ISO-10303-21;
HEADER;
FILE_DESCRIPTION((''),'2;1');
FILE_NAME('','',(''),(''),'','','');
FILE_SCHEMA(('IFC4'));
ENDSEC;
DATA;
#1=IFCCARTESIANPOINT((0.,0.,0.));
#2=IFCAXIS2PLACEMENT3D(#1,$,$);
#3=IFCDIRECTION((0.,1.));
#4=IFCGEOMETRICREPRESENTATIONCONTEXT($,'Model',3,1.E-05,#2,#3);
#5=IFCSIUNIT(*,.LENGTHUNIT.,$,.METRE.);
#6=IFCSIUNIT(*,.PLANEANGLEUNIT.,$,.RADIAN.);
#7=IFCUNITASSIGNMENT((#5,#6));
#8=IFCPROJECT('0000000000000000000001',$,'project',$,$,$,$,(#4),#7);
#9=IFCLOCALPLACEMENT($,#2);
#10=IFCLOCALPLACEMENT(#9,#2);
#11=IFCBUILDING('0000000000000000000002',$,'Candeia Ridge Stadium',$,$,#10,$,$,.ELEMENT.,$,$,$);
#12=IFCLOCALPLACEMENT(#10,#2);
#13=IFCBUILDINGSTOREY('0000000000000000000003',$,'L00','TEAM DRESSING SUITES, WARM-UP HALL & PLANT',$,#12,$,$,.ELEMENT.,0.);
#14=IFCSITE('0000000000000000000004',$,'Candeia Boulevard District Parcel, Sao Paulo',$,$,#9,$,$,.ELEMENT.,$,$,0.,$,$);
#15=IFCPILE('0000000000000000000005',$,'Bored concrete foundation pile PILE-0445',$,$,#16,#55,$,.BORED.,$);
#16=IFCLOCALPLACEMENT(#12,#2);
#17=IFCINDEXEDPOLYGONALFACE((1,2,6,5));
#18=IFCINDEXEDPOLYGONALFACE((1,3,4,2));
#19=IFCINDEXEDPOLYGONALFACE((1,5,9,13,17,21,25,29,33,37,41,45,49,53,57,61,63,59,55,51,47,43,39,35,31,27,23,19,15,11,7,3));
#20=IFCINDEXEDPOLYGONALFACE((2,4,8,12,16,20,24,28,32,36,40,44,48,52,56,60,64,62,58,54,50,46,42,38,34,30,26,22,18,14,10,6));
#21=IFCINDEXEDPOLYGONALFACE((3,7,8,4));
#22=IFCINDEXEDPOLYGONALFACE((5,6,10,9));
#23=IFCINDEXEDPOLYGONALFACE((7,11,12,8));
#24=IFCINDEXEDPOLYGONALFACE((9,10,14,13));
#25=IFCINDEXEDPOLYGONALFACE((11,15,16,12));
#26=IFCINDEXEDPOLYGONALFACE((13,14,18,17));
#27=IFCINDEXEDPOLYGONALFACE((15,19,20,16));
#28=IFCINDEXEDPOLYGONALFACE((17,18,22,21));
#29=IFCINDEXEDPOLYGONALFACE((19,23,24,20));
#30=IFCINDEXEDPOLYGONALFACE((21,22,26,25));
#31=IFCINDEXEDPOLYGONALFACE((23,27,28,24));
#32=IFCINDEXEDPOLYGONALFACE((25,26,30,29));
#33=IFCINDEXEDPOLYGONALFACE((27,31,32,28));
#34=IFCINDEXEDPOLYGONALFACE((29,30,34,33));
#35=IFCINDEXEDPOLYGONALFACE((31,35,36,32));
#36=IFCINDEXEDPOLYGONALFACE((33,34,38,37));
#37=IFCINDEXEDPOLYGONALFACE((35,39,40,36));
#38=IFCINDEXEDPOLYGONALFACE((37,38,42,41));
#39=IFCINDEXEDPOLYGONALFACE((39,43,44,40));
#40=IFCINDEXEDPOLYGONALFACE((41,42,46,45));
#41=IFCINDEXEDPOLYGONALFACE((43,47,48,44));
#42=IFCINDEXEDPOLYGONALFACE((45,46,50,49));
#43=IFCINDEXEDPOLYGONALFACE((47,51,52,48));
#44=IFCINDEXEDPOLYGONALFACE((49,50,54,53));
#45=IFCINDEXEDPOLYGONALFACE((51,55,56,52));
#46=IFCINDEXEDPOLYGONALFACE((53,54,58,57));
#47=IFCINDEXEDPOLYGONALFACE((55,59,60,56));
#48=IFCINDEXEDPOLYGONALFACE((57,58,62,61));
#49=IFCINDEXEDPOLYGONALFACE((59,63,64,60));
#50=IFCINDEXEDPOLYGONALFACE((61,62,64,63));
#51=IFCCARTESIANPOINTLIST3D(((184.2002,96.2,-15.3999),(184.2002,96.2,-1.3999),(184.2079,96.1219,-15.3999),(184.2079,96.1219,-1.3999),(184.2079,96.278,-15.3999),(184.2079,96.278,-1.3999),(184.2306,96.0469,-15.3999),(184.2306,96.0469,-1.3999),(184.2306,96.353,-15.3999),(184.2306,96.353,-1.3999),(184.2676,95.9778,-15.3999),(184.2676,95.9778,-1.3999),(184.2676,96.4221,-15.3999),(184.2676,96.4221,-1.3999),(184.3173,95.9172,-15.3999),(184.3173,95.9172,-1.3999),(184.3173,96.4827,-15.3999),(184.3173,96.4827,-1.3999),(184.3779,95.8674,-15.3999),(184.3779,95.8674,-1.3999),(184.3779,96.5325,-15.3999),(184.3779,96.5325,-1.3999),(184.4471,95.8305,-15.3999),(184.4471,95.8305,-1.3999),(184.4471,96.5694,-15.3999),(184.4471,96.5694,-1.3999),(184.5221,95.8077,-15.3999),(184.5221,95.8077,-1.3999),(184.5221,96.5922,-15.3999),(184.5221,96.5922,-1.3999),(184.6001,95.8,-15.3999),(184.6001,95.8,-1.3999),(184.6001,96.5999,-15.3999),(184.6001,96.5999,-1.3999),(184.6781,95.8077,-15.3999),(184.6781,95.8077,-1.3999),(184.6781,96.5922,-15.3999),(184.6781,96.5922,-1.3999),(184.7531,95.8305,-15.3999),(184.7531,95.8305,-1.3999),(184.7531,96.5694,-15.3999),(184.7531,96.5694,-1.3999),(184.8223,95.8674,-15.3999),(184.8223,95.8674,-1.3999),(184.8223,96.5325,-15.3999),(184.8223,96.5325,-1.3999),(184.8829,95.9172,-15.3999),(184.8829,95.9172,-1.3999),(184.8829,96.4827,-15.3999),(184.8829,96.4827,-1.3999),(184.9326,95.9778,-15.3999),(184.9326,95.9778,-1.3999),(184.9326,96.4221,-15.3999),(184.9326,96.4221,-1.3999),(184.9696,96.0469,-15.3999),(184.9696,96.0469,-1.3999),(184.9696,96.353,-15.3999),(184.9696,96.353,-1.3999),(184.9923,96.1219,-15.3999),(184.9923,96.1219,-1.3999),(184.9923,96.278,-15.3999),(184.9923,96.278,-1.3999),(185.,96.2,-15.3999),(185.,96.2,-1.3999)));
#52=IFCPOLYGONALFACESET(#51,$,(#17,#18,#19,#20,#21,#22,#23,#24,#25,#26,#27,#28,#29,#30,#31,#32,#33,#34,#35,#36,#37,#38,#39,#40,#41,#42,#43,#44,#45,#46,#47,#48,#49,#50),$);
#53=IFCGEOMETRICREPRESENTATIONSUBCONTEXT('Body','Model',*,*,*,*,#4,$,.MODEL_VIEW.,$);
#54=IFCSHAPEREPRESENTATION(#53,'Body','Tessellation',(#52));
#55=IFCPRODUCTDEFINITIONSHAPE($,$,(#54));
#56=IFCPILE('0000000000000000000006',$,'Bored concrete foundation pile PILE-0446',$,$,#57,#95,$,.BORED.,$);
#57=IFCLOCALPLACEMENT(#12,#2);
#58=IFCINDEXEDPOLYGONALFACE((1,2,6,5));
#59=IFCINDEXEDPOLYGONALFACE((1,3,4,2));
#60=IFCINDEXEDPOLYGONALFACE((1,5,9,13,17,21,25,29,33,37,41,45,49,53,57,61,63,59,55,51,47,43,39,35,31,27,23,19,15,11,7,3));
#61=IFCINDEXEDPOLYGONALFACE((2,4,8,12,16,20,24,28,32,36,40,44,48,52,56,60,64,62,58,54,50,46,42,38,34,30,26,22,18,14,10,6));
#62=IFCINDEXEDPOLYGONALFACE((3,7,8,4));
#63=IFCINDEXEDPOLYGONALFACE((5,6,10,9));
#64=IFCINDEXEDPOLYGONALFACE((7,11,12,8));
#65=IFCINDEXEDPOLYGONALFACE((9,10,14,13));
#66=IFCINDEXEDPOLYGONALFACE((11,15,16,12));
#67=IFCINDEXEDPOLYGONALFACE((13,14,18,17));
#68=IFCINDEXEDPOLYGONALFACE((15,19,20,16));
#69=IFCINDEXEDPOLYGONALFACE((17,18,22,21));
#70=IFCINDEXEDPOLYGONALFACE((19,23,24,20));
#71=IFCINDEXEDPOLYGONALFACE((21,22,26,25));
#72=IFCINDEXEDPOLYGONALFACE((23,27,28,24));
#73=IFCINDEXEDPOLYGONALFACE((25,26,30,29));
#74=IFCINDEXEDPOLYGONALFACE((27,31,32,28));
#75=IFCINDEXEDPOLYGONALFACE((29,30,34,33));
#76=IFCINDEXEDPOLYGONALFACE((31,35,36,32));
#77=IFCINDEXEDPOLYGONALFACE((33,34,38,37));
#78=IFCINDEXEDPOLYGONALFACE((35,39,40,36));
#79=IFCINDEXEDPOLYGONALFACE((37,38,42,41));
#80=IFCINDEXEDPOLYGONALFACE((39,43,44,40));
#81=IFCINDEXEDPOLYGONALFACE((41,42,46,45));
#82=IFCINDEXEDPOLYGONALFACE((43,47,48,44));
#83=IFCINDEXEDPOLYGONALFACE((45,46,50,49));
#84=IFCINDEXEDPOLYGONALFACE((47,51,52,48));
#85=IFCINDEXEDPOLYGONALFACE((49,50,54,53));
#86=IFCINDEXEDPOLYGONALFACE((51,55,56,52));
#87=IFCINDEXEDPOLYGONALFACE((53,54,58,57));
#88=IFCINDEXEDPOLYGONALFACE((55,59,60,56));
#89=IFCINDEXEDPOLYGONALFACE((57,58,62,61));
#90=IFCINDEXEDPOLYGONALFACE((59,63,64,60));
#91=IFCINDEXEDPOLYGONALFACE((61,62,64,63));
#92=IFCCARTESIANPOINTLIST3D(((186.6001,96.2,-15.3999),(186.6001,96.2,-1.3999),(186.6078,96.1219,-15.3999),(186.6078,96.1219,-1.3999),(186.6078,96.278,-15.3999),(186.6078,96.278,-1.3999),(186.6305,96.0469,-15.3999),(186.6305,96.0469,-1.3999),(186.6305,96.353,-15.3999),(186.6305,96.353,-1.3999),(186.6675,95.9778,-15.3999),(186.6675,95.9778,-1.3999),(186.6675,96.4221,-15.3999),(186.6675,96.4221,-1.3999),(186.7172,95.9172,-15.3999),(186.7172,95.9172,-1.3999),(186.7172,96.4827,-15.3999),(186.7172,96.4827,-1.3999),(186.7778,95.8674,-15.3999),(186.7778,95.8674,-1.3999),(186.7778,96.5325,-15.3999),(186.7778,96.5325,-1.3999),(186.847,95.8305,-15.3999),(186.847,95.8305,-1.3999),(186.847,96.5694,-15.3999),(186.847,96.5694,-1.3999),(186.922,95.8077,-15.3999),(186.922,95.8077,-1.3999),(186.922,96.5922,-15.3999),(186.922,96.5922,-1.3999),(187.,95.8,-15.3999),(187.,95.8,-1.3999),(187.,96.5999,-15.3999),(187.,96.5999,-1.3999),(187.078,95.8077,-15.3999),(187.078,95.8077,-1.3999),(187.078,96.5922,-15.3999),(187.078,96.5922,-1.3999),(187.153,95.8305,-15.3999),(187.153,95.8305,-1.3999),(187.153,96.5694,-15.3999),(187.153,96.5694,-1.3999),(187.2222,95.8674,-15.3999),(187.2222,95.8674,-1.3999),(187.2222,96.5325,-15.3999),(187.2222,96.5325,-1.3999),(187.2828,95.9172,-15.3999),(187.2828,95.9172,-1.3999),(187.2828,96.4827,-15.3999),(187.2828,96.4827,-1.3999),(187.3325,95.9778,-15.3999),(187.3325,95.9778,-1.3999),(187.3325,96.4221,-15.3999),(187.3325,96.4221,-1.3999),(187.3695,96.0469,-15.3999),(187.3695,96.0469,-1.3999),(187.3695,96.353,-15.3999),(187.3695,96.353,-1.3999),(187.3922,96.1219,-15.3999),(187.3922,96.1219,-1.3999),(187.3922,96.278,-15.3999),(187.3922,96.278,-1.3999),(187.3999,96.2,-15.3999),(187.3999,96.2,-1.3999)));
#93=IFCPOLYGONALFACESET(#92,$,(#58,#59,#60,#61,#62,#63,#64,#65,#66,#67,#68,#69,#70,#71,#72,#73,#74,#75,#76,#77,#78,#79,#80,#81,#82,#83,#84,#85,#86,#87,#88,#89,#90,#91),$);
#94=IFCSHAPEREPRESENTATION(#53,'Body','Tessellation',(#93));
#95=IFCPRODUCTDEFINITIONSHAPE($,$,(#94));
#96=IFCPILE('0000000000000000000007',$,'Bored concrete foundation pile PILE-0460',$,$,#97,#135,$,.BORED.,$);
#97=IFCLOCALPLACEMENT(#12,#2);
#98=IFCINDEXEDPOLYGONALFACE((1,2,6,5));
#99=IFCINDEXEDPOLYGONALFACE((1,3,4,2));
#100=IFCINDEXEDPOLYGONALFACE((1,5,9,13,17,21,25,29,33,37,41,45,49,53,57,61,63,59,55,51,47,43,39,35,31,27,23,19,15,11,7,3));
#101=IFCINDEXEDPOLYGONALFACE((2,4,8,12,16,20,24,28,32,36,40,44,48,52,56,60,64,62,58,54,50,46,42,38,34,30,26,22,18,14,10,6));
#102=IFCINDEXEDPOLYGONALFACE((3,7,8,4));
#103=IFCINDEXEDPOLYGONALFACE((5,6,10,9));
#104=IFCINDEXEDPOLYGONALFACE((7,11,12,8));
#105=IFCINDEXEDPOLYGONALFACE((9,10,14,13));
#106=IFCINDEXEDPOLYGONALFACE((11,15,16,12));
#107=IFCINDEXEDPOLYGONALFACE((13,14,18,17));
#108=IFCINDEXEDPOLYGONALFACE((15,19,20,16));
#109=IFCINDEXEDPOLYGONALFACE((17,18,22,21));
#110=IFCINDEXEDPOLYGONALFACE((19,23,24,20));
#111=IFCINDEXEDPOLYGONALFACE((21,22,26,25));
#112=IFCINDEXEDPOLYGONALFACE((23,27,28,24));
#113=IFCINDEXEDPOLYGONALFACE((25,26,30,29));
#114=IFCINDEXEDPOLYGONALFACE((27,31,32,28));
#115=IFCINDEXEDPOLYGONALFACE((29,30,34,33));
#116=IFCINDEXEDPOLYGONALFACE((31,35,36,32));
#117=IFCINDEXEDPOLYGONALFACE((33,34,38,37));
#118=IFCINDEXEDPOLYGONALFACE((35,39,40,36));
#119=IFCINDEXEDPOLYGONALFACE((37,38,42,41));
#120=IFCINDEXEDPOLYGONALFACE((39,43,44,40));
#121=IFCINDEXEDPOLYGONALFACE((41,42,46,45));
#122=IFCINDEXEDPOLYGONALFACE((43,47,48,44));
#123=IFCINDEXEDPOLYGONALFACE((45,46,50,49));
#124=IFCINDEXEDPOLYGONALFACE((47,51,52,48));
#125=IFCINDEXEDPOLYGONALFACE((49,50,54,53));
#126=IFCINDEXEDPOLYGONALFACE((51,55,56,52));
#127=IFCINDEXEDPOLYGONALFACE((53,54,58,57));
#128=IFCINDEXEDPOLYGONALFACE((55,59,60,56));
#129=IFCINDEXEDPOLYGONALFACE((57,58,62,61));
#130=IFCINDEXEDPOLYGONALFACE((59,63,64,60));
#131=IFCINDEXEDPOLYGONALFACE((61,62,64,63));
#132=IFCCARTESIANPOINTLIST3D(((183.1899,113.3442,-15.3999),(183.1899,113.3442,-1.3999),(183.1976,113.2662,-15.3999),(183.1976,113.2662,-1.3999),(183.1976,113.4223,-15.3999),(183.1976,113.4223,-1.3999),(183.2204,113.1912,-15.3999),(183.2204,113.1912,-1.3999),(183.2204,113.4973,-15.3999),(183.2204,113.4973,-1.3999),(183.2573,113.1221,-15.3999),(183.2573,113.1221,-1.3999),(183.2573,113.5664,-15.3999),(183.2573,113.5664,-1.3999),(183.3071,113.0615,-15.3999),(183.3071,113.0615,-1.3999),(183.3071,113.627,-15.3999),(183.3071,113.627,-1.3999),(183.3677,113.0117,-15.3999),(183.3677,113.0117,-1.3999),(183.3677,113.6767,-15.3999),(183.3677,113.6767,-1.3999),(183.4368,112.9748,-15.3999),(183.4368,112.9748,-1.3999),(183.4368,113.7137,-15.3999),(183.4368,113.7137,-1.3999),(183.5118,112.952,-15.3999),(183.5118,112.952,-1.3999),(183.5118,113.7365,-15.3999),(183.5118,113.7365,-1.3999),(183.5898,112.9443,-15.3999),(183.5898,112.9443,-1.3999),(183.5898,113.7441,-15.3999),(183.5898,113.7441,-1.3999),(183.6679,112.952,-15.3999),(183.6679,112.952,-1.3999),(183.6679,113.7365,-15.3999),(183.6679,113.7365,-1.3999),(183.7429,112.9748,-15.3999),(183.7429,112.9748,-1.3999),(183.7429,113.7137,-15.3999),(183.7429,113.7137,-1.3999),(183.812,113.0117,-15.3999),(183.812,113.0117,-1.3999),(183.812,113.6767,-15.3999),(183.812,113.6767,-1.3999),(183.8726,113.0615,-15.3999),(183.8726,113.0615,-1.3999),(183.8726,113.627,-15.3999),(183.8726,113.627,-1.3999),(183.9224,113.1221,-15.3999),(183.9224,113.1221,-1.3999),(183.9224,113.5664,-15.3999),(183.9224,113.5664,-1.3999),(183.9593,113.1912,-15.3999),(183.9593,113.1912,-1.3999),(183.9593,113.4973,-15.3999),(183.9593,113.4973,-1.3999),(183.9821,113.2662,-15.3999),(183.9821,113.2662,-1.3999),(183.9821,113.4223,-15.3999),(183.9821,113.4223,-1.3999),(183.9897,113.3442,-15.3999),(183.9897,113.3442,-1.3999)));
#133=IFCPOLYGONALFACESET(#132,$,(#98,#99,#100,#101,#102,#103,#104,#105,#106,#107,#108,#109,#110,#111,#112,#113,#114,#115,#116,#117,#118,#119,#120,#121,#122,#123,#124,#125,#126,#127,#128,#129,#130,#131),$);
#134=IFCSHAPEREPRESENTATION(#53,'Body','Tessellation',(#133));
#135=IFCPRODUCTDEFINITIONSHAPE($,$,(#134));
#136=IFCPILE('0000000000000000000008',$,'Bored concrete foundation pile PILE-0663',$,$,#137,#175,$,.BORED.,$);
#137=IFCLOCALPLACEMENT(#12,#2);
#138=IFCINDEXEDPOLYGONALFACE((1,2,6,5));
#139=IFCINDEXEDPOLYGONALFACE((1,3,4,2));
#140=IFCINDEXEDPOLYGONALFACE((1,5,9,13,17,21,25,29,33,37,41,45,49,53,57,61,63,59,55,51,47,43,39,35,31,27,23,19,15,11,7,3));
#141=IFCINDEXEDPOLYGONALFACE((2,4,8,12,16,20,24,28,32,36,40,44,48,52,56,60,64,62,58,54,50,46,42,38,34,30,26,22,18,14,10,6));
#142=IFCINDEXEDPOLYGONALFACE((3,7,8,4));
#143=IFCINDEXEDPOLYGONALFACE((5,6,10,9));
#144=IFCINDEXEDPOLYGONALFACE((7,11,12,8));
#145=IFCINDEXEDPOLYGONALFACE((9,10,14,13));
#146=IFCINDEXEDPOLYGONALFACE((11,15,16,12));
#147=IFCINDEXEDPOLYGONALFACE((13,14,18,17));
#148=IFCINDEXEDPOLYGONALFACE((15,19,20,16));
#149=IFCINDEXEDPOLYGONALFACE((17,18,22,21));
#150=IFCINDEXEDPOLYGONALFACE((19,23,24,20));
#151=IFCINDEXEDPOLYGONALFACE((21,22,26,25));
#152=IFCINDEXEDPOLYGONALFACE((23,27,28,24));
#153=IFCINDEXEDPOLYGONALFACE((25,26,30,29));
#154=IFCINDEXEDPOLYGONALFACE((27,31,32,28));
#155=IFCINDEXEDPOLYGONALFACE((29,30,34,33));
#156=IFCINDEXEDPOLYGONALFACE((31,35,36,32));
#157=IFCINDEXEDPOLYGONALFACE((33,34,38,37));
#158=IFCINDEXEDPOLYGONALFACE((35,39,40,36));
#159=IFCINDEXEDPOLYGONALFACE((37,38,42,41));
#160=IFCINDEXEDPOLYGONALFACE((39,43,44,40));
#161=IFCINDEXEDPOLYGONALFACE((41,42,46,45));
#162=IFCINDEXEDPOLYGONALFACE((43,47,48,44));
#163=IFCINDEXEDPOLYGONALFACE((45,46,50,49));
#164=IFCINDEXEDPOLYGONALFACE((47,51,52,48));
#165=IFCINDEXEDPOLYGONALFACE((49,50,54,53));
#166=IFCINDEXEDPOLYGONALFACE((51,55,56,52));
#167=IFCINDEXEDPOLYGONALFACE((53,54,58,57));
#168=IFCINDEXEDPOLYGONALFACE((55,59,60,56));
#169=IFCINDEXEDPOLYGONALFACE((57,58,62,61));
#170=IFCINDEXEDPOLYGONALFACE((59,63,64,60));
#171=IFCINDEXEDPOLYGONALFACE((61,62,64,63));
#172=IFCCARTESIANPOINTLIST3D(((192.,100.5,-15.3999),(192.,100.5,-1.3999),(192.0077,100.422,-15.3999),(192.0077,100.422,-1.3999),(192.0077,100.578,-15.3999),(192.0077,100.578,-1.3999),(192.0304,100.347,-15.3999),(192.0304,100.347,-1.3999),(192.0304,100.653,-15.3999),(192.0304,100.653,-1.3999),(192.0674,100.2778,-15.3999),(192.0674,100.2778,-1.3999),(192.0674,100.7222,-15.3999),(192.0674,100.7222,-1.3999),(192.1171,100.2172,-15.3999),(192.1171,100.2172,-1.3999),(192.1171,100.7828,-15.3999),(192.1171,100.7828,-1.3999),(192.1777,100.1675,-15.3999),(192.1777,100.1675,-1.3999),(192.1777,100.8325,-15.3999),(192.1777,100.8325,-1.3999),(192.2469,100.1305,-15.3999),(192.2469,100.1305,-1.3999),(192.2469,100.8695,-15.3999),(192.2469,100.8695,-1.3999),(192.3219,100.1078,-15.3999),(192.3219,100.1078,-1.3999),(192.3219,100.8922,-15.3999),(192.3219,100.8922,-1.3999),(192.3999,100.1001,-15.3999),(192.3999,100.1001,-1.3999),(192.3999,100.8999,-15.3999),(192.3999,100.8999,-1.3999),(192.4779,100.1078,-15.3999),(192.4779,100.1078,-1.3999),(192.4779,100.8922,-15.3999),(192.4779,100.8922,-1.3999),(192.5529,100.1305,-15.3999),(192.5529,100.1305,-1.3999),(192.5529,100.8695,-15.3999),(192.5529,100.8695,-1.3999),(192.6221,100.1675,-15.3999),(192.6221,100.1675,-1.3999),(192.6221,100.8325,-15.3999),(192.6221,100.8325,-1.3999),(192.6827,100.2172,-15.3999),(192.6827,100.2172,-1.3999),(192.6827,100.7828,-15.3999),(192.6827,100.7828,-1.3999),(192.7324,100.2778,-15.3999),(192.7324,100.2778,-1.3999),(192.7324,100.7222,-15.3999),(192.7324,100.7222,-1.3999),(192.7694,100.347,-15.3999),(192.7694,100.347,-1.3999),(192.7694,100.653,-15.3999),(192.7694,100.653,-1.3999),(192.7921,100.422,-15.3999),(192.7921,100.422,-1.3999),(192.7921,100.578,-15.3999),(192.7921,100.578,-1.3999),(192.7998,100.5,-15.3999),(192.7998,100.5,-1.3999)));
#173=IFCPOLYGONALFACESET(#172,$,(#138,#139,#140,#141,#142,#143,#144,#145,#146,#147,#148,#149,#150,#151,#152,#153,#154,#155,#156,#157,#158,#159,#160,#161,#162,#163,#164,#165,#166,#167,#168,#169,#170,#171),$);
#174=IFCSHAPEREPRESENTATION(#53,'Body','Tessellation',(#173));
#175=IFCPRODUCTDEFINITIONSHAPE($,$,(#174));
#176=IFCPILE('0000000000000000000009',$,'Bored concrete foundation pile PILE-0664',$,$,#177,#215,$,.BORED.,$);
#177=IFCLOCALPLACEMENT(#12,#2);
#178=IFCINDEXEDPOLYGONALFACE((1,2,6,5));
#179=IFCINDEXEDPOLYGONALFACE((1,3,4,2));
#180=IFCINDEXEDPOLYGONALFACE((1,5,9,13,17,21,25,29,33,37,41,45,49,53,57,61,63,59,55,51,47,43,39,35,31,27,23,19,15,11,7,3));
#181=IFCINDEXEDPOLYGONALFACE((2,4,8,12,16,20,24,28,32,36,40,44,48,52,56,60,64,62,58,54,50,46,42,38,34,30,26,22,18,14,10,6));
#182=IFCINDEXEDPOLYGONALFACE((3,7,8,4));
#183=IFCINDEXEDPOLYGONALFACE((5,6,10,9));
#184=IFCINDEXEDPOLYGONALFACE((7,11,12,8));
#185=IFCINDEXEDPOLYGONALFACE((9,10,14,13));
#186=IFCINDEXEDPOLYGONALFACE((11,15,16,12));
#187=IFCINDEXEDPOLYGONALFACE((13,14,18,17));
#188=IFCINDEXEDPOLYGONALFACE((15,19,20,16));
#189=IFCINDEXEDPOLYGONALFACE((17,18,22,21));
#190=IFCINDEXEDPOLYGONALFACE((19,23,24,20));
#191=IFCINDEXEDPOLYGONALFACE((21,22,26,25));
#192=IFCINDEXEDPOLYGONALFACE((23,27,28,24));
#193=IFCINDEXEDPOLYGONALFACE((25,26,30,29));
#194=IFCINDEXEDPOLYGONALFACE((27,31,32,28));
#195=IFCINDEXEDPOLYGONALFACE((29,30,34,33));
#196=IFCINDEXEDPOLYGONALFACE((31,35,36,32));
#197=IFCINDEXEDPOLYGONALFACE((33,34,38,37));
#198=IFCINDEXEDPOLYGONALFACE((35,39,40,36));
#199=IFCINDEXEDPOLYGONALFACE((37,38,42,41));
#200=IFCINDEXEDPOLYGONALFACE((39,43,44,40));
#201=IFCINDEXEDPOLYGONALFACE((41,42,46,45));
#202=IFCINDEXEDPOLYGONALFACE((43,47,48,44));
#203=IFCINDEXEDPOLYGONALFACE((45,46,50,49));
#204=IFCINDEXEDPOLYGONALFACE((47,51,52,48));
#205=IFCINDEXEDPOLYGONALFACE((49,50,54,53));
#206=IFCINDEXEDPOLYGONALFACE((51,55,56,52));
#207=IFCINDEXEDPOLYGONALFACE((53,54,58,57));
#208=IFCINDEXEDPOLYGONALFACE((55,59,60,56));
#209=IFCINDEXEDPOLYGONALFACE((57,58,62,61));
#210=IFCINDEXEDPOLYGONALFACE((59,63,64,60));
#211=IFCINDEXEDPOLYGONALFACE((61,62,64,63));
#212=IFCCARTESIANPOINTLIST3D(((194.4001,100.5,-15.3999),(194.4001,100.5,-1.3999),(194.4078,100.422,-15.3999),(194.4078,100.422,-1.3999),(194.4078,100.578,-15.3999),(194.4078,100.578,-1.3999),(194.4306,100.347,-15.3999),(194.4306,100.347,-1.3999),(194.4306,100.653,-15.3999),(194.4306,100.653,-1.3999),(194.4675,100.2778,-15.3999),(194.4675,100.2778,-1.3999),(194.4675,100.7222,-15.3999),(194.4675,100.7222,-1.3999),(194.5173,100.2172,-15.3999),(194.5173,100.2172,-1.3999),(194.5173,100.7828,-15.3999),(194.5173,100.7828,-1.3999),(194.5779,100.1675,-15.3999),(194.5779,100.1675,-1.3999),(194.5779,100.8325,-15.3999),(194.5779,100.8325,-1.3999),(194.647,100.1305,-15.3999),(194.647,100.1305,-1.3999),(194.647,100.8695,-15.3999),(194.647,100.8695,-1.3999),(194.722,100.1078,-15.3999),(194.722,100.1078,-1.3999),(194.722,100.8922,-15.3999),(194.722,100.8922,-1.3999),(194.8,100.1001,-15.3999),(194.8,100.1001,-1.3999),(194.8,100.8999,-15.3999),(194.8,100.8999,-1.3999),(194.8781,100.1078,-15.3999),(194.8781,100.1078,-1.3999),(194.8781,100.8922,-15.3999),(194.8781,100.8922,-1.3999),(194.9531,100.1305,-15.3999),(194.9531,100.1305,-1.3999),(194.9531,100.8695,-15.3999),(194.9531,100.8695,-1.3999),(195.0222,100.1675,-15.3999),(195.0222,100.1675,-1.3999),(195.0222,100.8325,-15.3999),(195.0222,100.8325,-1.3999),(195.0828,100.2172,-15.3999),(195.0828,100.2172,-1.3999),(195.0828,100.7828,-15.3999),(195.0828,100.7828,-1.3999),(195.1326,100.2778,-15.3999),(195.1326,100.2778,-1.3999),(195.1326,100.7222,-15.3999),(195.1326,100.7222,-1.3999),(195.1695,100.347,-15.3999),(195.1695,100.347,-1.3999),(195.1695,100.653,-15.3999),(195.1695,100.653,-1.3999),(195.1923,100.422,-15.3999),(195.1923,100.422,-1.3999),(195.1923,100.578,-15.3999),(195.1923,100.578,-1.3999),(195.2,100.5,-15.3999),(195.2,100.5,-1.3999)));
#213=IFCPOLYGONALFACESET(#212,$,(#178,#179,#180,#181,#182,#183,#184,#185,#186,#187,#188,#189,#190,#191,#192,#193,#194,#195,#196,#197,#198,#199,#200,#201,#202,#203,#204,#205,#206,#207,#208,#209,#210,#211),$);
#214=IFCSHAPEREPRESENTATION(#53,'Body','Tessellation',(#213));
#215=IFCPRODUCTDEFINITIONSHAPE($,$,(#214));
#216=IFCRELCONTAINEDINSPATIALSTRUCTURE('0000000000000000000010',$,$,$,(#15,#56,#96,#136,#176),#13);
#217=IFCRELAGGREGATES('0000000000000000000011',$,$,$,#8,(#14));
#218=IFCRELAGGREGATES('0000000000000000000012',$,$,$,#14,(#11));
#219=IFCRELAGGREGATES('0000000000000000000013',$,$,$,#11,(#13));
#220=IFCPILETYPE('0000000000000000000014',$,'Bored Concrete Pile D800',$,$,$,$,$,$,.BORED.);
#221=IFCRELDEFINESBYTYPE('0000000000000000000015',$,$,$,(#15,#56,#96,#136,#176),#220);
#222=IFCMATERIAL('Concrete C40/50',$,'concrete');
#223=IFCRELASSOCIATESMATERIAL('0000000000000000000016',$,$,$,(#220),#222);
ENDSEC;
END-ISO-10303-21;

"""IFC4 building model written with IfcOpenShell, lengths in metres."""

from ifc_helpers import new_model, si_unit, direction, frame, origin, origin_2d, place, context, subcontext, project, spatial, circle, extrude, material, material_profile, profile_set, type_object, element, save


model = new_model("IFC4")

# Units and contexts
model_context = context("Model", 3, precision=1e-05, world=origin(), true_north=direction((0.0, 1.0)))
body_context = subcontext(model_context, "Body", "Model", "MODEL_VIEW")
ifc_project = project(units=[si_unit("LENGTHUNIT", "METRE"), si_unit("PLANEANGLEUNIT", "RADIAN")], contexts=[model_context])

# Site, building, storey
site_placement = place(None, origin())
site = spatial("IfcSite", under=ifc_project, at=site_placement, Name="Candeia Boulevard District Parcel, Sao Paulo", CompositionType="ELEMENT", RefElevation=0.0)
building_placement = place(site_placement, origin())
building = spatial("IfcBuilding", under=site, at=building_placement, Name="Candeia Ridge Stadium", CompositionType="ELEMENT")
storey_placement = place(building_placement, origin())
storey = spatial("IfcBuildingStorey", under=building, at=storey_placement, Name="L00", Description="TEAM DRESSING SUITES, WARM-UP HALL & PLANT", CompositionType="ELEMENT", Elevation=0.0)

# Piles
ifc_material_1 = material(Name="Concrete C40/50", Category="concrete")
ifc_material_profile_1 = material_profile(ifc_material_1, circle(Radius=0.3999, at=origin_2d()), Name="PILE-D800", Category="concrete")
ifc_profile_set_1 = profile_set([ifc_material_profile_1], Name="Concrete C40/50")
pile_type_1 = type_object("IfcPileType", Name="Bored Concrete Pile D800", PredefinedType="BORED", material=ifc_profile_set_1)
for number, where, z_axis, x_axis, name in (
    (1, (184.6001, 96.2, -1.3999), (0.0, 0.0, -1.0), (1.0, 0.0, 0.0), "Bored concrete foundation pile PILE-0445"),
    (2, (187.0, 96.2, -1.3999), (0.0, 0.0, -1.0), (1.0, 0.0, 0.0), "Bored concrete foundation pile PILE-0446"),
    (3, (183.5898, 113.3442, -1.3999), (0.0, 0.0, -1.0), (1.0, 0.0, 0.0), "Bored concrete foundation pile PILE-0460"),
    (4, (192.3999, 100.5, -1.3999), (0.0, 0.0, -1.0), (1.0, 0.0, 0.0), "Bored concrete foundation pile PILE-0663"),
    (5, (194.8, 100.5, -1.3999), (0.0, 0.0, -1.0), (1.0, 0.0, 0.0), "Bored concrete foundation pile PILE-0664"),
):
    element("IfcPile", number, at=place(storey_placement, frame(where, z_axis=z_axis, x_axis=x_axis)), inside=storey, type_object=pile_type_1, Name=name, PredefinedType="BORED", context=body_context, shape_type="SweptSolid", body=[
        extrude(circle(Radius=0.3999, at=origin_2d()), origin(), (0.0, 0.0, 1.0), 14.0),
    ])

save(model, "model.ifc")
